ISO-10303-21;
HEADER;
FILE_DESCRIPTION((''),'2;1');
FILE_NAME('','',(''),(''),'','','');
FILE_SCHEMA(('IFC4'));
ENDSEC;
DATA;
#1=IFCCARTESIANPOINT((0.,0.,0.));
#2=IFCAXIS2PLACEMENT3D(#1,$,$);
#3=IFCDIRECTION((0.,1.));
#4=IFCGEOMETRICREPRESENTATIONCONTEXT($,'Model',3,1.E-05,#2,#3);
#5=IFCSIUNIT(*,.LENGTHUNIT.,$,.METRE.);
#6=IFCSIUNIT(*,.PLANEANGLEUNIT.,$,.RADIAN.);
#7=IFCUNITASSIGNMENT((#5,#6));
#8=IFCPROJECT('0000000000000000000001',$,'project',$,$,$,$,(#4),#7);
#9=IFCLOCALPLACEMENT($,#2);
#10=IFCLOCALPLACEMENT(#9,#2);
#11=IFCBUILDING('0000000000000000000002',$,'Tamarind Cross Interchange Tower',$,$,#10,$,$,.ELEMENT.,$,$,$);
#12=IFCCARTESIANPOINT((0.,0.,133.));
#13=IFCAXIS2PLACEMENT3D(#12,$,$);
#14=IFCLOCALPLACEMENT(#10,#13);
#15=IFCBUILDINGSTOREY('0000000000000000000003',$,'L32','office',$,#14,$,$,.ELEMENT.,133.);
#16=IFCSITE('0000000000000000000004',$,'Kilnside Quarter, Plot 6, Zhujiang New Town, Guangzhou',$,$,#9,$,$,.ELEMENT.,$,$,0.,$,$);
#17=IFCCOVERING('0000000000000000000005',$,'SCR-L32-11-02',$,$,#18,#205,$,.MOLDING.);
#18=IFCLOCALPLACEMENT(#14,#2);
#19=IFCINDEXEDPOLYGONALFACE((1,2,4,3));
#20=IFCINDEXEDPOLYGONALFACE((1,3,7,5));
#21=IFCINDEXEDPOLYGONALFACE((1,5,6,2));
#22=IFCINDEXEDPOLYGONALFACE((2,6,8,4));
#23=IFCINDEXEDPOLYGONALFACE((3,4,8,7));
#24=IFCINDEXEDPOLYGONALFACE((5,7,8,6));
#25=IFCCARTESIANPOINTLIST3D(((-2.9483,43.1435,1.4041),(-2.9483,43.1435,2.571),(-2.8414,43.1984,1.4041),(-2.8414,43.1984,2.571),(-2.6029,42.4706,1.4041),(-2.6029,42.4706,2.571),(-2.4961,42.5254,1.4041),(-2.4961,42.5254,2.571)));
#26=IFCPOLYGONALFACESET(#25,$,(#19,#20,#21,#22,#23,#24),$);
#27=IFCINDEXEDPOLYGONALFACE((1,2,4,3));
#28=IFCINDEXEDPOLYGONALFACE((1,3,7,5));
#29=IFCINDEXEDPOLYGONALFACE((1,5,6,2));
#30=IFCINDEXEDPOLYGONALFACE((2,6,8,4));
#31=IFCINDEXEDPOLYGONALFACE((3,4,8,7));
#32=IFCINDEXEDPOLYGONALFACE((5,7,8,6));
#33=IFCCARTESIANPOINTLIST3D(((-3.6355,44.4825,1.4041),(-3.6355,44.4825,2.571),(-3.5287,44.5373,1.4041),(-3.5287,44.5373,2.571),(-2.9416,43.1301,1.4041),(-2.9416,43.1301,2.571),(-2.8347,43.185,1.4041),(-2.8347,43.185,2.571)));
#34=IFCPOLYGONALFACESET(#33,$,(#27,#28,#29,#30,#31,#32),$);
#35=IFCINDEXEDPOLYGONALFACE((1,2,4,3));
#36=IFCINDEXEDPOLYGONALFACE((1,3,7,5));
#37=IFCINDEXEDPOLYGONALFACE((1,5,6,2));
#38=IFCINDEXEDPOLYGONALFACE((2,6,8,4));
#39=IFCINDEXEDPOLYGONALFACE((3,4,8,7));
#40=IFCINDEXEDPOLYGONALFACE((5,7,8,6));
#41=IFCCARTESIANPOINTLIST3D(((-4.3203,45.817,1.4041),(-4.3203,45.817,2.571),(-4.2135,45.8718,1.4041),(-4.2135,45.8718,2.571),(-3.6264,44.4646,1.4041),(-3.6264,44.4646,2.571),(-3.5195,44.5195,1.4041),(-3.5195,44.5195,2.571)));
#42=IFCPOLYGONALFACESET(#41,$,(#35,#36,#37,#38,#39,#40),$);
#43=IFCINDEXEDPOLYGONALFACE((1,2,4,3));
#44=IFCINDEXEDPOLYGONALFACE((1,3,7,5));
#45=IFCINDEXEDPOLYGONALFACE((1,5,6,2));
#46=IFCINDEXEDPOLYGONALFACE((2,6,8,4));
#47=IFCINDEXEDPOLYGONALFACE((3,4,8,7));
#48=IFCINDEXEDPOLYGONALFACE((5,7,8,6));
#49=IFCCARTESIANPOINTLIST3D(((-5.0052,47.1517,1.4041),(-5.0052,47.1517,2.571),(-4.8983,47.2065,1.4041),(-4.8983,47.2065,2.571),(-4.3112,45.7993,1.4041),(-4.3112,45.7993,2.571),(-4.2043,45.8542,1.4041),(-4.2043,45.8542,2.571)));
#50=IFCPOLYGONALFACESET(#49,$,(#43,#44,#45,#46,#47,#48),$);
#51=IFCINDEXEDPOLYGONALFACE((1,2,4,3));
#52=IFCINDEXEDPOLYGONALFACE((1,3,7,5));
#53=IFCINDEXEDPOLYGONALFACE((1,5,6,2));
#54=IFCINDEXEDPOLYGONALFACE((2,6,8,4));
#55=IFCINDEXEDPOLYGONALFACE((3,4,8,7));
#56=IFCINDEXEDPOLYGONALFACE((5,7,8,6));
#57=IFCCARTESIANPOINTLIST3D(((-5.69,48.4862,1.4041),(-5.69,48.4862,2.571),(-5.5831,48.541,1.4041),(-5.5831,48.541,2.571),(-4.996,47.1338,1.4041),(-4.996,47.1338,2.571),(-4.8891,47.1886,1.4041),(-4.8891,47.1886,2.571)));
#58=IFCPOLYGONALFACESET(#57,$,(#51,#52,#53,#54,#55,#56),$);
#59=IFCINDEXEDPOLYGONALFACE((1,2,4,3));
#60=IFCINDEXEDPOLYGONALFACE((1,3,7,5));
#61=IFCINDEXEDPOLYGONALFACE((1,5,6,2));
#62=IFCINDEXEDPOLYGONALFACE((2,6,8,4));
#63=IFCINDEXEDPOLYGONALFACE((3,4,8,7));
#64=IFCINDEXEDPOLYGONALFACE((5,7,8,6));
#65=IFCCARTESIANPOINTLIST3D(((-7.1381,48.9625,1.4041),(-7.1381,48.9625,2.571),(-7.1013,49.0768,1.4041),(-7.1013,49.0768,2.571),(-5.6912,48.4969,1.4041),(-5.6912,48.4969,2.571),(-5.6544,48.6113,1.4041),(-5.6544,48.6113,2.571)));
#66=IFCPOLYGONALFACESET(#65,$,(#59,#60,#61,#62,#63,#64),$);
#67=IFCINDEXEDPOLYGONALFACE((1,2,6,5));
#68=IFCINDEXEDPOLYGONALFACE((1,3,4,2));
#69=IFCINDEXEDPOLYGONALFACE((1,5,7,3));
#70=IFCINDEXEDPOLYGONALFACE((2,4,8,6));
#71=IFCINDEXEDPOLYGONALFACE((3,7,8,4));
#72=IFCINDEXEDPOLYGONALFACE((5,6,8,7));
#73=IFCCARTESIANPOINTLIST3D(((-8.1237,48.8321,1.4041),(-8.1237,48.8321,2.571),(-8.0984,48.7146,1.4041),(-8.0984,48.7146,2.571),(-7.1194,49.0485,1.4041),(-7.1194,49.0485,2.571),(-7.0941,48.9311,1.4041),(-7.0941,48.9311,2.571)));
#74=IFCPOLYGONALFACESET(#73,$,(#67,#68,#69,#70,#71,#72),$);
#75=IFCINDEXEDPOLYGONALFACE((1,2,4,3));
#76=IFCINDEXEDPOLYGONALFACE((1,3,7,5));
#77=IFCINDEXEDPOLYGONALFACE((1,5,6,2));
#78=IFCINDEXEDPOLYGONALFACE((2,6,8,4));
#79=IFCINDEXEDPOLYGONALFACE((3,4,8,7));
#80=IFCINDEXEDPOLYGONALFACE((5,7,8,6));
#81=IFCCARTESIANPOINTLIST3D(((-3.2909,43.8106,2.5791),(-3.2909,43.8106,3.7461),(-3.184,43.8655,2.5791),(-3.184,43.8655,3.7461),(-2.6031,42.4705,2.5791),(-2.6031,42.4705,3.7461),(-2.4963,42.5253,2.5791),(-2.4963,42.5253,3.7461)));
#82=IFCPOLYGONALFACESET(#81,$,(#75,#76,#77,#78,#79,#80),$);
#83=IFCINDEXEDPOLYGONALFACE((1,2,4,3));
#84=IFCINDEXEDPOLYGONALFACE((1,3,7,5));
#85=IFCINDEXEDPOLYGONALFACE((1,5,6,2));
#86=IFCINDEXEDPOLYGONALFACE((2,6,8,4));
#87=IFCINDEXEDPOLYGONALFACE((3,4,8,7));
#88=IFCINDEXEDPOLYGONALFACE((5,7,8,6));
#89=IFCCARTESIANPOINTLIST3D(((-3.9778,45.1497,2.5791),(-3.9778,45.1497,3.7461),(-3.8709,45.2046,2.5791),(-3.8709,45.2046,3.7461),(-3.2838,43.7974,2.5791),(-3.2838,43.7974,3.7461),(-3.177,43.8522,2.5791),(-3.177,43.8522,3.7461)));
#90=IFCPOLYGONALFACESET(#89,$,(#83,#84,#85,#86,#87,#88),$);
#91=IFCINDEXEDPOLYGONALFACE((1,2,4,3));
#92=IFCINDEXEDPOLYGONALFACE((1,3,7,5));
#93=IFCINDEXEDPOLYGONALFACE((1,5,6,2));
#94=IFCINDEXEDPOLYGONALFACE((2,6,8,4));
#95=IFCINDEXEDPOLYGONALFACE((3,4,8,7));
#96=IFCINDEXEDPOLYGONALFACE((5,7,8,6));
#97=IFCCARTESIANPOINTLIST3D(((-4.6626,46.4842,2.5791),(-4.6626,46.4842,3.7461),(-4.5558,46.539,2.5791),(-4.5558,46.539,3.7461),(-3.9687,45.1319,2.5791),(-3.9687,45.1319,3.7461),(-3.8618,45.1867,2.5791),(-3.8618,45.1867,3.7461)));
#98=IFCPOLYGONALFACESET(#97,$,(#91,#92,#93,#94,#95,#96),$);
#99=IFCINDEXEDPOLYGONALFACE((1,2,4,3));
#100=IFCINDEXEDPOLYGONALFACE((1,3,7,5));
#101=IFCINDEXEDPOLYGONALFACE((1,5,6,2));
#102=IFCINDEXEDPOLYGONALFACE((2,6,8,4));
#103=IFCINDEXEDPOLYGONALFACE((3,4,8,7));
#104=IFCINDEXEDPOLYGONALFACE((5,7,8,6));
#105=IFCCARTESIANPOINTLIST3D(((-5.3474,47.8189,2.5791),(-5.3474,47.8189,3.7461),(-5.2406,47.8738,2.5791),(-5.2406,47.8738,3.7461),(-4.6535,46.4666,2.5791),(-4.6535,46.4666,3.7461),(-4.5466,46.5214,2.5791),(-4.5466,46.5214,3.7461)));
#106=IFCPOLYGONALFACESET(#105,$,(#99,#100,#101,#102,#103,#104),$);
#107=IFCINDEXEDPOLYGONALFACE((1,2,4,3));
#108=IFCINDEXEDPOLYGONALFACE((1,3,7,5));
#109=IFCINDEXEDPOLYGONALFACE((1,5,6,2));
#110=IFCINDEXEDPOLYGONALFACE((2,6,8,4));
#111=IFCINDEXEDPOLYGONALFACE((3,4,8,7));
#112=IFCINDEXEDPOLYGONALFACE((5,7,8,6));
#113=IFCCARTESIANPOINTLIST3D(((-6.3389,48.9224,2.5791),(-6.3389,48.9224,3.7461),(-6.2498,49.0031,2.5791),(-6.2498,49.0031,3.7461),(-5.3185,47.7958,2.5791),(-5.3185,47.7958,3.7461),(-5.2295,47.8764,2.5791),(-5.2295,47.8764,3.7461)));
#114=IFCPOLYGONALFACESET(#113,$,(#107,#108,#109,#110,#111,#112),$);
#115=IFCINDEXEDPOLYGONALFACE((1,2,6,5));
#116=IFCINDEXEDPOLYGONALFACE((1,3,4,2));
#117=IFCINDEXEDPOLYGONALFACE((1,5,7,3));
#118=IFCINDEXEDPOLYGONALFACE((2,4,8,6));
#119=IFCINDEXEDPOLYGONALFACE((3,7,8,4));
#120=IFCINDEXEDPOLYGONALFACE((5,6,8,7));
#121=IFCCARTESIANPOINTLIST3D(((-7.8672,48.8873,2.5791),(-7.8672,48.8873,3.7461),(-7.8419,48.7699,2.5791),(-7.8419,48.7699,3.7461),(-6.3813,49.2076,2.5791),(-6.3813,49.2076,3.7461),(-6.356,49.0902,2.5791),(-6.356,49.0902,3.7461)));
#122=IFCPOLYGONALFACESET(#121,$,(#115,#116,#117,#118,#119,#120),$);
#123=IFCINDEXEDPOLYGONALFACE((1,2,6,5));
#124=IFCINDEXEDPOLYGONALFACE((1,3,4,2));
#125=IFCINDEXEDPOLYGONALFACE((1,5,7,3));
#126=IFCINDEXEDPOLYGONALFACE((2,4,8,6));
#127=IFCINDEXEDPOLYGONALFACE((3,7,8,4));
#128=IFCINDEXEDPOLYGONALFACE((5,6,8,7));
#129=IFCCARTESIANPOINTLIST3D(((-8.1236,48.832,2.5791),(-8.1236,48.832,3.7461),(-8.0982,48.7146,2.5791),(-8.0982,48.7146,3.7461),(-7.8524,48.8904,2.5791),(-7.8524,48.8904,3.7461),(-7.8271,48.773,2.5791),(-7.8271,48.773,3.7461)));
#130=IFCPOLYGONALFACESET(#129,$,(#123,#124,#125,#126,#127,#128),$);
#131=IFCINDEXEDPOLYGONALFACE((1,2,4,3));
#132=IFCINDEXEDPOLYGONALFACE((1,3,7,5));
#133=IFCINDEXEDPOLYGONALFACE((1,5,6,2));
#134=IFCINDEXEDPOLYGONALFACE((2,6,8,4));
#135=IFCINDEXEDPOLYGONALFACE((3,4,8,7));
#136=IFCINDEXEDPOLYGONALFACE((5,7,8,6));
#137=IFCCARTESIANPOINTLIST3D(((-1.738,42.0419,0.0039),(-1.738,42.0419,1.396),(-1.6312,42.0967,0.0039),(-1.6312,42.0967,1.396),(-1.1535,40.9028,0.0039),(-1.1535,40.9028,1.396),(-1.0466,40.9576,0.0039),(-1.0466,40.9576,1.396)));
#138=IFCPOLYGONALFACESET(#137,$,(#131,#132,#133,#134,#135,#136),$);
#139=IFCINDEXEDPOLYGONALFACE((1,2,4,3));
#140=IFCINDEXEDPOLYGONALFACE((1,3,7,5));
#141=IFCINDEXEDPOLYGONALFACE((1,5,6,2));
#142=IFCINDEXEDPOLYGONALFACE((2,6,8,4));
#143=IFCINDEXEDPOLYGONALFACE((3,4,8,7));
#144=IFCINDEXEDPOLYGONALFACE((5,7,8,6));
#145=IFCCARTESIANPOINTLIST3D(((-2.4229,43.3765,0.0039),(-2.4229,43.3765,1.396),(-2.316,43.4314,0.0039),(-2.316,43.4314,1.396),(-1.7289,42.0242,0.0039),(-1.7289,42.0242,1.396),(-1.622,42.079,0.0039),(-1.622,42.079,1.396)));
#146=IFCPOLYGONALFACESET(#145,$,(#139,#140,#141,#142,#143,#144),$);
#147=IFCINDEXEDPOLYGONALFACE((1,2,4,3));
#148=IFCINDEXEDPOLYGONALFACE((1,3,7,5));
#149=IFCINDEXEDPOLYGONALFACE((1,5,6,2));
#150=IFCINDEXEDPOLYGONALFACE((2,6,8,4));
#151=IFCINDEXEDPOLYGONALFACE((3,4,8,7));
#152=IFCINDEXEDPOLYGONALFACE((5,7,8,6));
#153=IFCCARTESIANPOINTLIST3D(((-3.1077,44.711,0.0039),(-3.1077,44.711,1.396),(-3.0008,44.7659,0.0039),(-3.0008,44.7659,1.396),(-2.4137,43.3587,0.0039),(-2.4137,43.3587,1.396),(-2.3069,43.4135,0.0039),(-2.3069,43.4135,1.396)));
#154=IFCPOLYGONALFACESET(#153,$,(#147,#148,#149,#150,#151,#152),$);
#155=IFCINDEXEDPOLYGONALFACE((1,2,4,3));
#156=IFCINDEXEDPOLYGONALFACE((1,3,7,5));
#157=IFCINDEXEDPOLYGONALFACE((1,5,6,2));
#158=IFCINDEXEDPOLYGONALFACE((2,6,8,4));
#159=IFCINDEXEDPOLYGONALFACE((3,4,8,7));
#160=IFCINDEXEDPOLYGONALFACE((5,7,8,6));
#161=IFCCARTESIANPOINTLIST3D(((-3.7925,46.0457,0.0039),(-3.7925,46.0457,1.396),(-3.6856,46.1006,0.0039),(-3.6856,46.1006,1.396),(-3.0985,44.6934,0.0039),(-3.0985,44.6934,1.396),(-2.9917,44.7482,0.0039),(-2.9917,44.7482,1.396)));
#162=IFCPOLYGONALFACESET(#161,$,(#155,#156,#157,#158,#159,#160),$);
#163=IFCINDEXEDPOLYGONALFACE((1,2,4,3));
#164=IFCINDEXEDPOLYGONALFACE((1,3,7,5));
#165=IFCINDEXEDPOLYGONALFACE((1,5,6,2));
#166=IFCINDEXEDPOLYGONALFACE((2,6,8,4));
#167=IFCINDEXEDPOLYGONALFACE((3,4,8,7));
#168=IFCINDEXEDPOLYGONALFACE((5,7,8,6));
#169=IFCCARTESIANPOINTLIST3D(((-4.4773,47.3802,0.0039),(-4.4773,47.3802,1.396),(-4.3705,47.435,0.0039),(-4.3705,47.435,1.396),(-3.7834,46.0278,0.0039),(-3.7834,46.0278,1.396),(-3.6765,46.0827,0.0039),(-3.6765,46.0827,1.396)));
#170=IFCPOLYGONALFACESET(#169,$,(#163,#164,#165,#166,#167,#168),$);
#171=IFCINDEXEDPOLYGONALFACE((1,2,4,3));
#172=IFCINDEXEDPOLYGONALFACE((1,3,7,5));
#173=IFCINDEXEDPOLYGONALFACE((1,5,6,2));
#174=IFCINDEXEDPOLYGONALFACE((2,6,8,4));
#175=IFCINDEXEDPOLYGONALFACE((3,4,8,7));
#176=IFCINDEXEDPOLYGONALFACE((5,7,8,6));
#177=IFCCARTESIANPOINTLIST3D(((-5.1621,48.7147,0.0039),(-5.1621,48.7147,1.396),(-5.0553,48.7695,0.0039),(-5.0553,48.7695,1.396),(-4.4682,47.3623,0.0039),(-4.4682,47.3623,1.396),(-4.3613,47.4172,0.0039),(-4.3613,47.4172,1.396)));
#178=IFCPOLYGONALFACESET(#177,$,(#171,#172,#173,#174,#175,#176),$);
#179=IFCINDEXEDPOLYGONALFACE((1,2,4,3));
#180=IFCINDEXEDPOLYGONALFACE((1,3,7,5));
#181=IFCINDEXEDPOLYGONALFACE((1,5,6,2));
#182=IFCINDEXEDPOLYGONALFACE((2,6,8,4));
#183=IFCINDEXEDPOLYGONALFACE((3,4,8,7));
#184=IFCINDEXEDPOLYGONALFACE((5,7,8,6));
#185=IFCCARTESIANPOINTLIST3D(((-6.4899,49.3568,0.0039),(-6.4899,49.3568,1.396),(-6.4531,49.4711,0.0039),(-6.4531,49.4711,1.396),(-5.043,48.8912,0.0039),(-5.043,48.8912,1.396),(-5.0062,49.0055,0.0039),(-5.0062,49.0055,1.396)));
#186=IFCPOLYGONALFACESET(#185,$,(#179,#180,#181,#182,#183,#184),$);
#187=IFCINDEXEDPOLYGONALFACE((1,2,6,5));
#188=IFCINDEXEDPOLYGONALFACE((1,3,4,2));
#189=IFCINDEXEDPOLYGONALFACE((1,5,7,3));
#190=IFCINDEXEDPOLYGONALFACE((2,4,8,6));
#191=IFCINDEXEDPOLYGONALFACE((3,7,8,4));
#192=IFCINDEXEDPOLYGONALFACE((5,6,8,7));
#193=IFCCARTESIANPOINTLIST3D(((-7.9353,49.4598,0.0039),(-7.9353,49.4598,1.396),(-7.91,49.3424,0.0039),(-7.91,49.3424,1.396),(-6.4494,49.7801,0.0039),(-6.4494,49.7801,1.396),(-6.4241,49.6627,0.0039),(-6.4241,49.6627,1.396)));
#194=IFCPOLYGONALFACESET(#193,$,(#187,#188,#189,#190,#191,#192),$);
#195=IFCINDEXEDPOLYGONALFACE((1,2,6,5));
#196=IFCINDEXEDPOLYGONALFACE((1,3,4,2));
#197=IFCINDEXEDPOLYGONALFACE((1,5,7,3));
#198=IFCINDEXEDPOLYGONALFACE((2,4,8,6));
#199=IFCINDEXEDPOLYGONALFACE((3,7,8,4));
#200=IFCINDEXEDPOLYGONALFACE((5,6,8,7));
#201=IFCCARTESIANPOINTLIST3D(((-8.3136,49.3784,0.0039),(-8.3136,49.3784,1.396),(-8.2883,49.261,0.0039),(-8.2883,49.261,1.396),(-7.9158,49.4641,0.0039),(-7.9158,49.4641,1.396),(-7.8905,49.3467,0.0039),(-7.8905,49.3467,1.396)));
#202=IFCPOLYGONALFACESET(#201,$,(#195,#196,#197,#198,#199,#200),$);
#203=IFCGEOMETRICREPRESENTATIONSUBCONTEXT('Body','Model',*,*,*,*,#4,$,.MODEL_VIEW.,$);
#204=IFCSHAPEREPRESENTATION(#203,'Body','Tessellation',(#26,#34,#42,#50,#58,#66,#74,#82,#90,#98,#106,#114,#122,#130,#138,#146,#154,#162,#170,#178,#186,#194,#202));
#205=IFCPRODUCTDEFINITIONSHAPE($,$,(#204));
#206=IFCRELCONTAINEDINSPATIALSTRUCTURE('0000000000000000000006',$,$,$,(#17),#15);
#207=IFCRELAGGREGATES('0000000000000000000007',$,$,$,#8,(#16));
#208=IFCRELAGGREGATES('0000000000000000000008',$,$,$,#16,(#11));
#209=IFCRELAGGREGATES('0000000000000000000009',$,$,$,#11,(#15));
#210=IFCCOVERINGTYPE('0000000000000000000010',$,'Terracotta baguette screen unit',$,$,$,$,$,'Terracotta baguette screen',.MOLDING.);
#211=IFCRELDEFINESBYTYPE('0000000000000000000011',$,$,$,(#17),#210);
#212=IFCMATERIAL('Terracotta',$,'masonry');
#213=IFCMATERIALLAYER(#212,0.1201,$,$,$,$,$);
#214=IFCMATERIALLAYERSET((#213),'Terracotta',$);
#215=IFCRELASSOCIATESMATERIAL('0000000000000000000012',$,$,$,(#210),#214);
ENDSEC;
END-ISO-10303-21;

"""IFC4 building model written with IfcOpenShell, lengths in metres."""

from ifc_helpers import new_model, si_unit, direction, frame, origin, origin_2d, place, context, subcontext, project, spatial, rectangle, extrude, material, layer, layer_set, type_object, element, save


model = new_model("IFC4")

# Units and contexts
model_context = context("Model", 3, precision=1e-05, world=origin(), true_north=direction((0.0, 1.0)))
body_context = subcontext(model_context, "Body", "Model", "MODEL_VIEW")
ifc_project = project(units=[si_unit("LENGTHUNIT", "METRE"), si_unit("PLANEANGLEUNIT", "RADIAN")], contexts=[model_context])

# Site, building, storey
site_placement = place(None, origin())
site = spatial("IfcSite", under=ifc_project, at=site_placement, Name="Kilnside Quarter, Plot 6, Zhujiang New Town, Guangzhou", CompositionType="ELEMENT", RefElevation=0.0)
building_placement = place(site_placement, origin())
building = spatial("IfcBuilding", under=site, at=building_placement, Name="Tamarind Cross Interchange Tower", CompositionType="ELEMENT")
storey_placement = place(building_placement, frame((0.0, 0.0, 133.0)))
storey = spatial("IfcBuildingStorey", under=building, at=storey_placement, Name="L32", Description="office", CompositionType="ELEMENT", Elevation=133.0)

# Covering
ifc_material_1 = material(Name="Terracotta", Category="masonry")
ifc_layer_1 = layer(ifc_material_1, 0.1201)
ifc_layer_set_1 = layer_set([ifc_layer_1], Name="Terracotta")
covering_type = type_object("IfcCoveringType", Name="Terracotta baguette screen unit", ElementType="Terracotta baguette screen", PredefinedType="MOLDING", material=ifc_layer_set_1)
covering_1_placement = place(storey_placement, origin())
element("IfcCovering", 1, at=covering_1_placement, inside=storey, type_object=covering_type, Name="SCR-L32-11-02", PredefinedType="MOLDING", context=body_context, shape_type="SweptSolid", body=[
    extrude(rectangle(XDim=0.7563, YDim=0.1201, at=origin_2d()), frame((-2.7222, 42.8345, 1.4041), z_axis=(0.0, 0.0, 1.0), x_axis=(-0.456551, 0.889697, 0.0)), (0.0, 0.0, 1.0), 1.167),
    extrude(rectangle(XDim=1.52, YDim=0.1201, at=origin_2d()), frame((-3.2351, 43.8337, 1.4041), z_axis=(0.0, 0.0, 1.0), x_axis=(-0.456551, 0.889697, 0.0)), (0.0, 0.0, 1.0), 1.167),
    extrude(rectangle(XDim=1.52, YDim=0.1201, at=origin_2d()), frame((-3.9199, 45.1682, 1.4041), z_axis=(0.0, 0.0, 1.0), x_axis=(-0.456551, 0.889697, 0.0)), (0.0, 0.0, 1.0), 1.167),
    extrude(rectangle(XDim=1.52, YDim=0.1201, at=origin_2d()), frame((-4.6047, 46.5029, 1.4041), z_axis=(0.0, 0.0, 1.0), x_axis=(-0.456551, 0.889697, 0.0)), (0.0, 0.0, 1.0), 1.167),
    extrude(rectangle(XDim=1.52, YDim=0.1201, at=origin_2d()), frame((-5.2896, 47.8374, 1.4041), z_axis=(0.0, 0.0, 1.0), x_axis=(-0.456551, 0.889697, 0.0)), (0.0, 0.0, 1.0), 1.167),
    extrude(rectangle(XDim=1.52, YDim=0.1201, at=origin_2d()), frame((-6.3962, 48.7869, 1.4041), z_axis=(0.0, 0.0, 1.0), x_axis=(-0.951941, 0.30628, 0.0)), (0.0, 0.0, 1.0), 1.167),
    extrude(rectangle(XDim=1.0273, YDim=0.1201, at=origin_2d()), frame((-7.6089, 48.8816, 1.4041), z_axis=(0.0, 0.0, 1.0), x_axis=(-0.977546, -0.210724, 0.0)), (0.0, 0.0, 1.0), 1.167),
    extrude(rectangle(XDim=1.5063, YDim=0.1201, at=origin_2d()), frame((-2.8936, 43.168, 2.5791), z_axis=(0.0, 0.0, 1.0), x_axis=(-0.456551, 0.889697, 0.0)), (0.0, 0.0, 1.0), 1.167),
    extrude(rectangle(XDim=1.52, YDim=0.1201, at=origin_2d()), frame((-3.5774, 44.501, 2.5791), z_axis=(0.0, 0.0, 1.0), x_axis=(-0.456551, 0.889697, 0.0)), (0.0, 0.0, 1.0), 1.167),
    extrude(rectangle(XDim=1.52, YDim=0.1201, at=origin_2d()), frame((-4.2622, 45.8354, 2.5791), z_axis=(0.0, 0.0, 1.0), x_axis=(-0.456551, 0.889697, 0.0)), (0.0, 0.0, 1.0), 1.167),
    extrude(rectangle(XDim=1.52, YDim=0.1201, at=origin_2d()), frame((-4.947, 47.1702, 2.5791), z_axis=(0.0, 0.0, 1.0), x_axis=(-0.456551, 0.889697, 0.0)), (0.0, 0.0, 1.0), 1.167),
    extrude(rectangle(XDim=1.52, YDim=0.1201, at=origin_2d()), frame((-5.7842, 48.3994, 2.5791), z_axis=(0.0, 0.0, 1.0), x_axis=(-0.671265, 0.741217, 0.0)), (0.0, 0.0, 1.0), 1.167),
    extrude(rectangle(XDim=1.52, YDim=0.1201, at=origin_2d()), frame((-7.1116, 48.9888, 2.5791), z_axis=(0.0, 0.0, 1.0), x_axis=(-0.977546, -0.210724, 0.0)), (0.0, 0.0, 1.0), 1.167),
    extrude(rectangle(XDim=0.2773, YDim=0.1201, at=origin_2d()), frame((-7.9753, 48.8025, 2.5791), z_axis=(0.0, 0.0, 1.0), x_axis=(-0.977546, -0.210724, 0.0)), (0.0, 0.0, 1.0), 1.167),
    extrude(rectangle(XDim=1.2803, YDim=0.1201, at=origin_2d()), frame((-1.3923, 41.4998, 0.0039), z_axis=(0.0, 0.0, 1.0), x_axis=(-0.456551, 0.889697, 0.0)), (0.0, 0.0, 1.0), 1.3921),
    extrude(rectangle(XDim=1.52, YDim=0.1201, at=origin_2d()), frame((-2.0225, 42.7278, 0.0039), z_axis=(0.0, 0.0, 1.0), x_axis=(-0.456551, 0.889697, 0.0)), (0.0, 0.0, 1.0), 1.3921),
    extrude(rectangle(XDim=1.52, YDim=0.1201, at=origin_2d()), frame((-2.7073, 44.0623, 0.0039), z_axis=(0.0, 0.0, 1.0), x_axis=(-0.456551, 0.889697, 0.0)), (0.0, 0.0, 1.0), 1.3921),
    extrude(rectangle(XDim=1.52, YDim=0.1201, at=origin_2d()), frame((-3.3921, 45.397, 0.0039), z_axis=(0.0, 0.0, 1.0), x_axis=(-0.456551, 0.889697, 0.0)), (0.0, 0.0, 1.0), 1.3921),
    extrude(rectangle(XDim=1.52, YDim=0.1201, at=origin_2d()), frame((-4.0769, 46.7314, 0.0039), z_axis=(0.0, 0.0, 1.0), x_axis=(-0.456551, 0.889697, 0.0)), (0.0, 0.0, 1.0), 1.3921),
    extrude(rectangle(XDim=1.52, YDim=0.1201, at=origin_2d()), frame((-4.7617, 48.0659, 0.0039), z_axis=(0.0, 0.0, 1.0), x_axis=(-0.456551, 0.889697, 0.0)), (0.0, 0.0, 1.0), 1.3921),
    extrude(rectangle(XDim=1.52, YDim=0.1201, at=origin_2d()), frame((-5.748, 49.1812, 0.0039), z_axis=(0.0, 0.0, 1.0), x_axis=(-0.951941, 0.30628, 0.0)), (0.0, 0.0, 1.0), 1.3921),
    extrude(rectangle(XDim=1.52, YDim=0.1201, at=origin_2d()), frame((-7.1797, 49.5613, 0.0039), z_axis=(0.0, 0.0, 1.0), x_axis=(-0.977546, -0.210724, 0.0)), (0.0, 0.0, 1.0), 1.3921),
    extrude(rectangle(XDim=0.407, YDim=0.1201, at=origin_2d()), frame((-8.1021, 49.3625, 0.0039), z_axis=(0.0, 0.0, 1.0), x_axis=(-0.977546, -0.210724, 0.0)), (0.0, 0.0, 1.0), 1.3921),
])

save(model, "model.ifc")
